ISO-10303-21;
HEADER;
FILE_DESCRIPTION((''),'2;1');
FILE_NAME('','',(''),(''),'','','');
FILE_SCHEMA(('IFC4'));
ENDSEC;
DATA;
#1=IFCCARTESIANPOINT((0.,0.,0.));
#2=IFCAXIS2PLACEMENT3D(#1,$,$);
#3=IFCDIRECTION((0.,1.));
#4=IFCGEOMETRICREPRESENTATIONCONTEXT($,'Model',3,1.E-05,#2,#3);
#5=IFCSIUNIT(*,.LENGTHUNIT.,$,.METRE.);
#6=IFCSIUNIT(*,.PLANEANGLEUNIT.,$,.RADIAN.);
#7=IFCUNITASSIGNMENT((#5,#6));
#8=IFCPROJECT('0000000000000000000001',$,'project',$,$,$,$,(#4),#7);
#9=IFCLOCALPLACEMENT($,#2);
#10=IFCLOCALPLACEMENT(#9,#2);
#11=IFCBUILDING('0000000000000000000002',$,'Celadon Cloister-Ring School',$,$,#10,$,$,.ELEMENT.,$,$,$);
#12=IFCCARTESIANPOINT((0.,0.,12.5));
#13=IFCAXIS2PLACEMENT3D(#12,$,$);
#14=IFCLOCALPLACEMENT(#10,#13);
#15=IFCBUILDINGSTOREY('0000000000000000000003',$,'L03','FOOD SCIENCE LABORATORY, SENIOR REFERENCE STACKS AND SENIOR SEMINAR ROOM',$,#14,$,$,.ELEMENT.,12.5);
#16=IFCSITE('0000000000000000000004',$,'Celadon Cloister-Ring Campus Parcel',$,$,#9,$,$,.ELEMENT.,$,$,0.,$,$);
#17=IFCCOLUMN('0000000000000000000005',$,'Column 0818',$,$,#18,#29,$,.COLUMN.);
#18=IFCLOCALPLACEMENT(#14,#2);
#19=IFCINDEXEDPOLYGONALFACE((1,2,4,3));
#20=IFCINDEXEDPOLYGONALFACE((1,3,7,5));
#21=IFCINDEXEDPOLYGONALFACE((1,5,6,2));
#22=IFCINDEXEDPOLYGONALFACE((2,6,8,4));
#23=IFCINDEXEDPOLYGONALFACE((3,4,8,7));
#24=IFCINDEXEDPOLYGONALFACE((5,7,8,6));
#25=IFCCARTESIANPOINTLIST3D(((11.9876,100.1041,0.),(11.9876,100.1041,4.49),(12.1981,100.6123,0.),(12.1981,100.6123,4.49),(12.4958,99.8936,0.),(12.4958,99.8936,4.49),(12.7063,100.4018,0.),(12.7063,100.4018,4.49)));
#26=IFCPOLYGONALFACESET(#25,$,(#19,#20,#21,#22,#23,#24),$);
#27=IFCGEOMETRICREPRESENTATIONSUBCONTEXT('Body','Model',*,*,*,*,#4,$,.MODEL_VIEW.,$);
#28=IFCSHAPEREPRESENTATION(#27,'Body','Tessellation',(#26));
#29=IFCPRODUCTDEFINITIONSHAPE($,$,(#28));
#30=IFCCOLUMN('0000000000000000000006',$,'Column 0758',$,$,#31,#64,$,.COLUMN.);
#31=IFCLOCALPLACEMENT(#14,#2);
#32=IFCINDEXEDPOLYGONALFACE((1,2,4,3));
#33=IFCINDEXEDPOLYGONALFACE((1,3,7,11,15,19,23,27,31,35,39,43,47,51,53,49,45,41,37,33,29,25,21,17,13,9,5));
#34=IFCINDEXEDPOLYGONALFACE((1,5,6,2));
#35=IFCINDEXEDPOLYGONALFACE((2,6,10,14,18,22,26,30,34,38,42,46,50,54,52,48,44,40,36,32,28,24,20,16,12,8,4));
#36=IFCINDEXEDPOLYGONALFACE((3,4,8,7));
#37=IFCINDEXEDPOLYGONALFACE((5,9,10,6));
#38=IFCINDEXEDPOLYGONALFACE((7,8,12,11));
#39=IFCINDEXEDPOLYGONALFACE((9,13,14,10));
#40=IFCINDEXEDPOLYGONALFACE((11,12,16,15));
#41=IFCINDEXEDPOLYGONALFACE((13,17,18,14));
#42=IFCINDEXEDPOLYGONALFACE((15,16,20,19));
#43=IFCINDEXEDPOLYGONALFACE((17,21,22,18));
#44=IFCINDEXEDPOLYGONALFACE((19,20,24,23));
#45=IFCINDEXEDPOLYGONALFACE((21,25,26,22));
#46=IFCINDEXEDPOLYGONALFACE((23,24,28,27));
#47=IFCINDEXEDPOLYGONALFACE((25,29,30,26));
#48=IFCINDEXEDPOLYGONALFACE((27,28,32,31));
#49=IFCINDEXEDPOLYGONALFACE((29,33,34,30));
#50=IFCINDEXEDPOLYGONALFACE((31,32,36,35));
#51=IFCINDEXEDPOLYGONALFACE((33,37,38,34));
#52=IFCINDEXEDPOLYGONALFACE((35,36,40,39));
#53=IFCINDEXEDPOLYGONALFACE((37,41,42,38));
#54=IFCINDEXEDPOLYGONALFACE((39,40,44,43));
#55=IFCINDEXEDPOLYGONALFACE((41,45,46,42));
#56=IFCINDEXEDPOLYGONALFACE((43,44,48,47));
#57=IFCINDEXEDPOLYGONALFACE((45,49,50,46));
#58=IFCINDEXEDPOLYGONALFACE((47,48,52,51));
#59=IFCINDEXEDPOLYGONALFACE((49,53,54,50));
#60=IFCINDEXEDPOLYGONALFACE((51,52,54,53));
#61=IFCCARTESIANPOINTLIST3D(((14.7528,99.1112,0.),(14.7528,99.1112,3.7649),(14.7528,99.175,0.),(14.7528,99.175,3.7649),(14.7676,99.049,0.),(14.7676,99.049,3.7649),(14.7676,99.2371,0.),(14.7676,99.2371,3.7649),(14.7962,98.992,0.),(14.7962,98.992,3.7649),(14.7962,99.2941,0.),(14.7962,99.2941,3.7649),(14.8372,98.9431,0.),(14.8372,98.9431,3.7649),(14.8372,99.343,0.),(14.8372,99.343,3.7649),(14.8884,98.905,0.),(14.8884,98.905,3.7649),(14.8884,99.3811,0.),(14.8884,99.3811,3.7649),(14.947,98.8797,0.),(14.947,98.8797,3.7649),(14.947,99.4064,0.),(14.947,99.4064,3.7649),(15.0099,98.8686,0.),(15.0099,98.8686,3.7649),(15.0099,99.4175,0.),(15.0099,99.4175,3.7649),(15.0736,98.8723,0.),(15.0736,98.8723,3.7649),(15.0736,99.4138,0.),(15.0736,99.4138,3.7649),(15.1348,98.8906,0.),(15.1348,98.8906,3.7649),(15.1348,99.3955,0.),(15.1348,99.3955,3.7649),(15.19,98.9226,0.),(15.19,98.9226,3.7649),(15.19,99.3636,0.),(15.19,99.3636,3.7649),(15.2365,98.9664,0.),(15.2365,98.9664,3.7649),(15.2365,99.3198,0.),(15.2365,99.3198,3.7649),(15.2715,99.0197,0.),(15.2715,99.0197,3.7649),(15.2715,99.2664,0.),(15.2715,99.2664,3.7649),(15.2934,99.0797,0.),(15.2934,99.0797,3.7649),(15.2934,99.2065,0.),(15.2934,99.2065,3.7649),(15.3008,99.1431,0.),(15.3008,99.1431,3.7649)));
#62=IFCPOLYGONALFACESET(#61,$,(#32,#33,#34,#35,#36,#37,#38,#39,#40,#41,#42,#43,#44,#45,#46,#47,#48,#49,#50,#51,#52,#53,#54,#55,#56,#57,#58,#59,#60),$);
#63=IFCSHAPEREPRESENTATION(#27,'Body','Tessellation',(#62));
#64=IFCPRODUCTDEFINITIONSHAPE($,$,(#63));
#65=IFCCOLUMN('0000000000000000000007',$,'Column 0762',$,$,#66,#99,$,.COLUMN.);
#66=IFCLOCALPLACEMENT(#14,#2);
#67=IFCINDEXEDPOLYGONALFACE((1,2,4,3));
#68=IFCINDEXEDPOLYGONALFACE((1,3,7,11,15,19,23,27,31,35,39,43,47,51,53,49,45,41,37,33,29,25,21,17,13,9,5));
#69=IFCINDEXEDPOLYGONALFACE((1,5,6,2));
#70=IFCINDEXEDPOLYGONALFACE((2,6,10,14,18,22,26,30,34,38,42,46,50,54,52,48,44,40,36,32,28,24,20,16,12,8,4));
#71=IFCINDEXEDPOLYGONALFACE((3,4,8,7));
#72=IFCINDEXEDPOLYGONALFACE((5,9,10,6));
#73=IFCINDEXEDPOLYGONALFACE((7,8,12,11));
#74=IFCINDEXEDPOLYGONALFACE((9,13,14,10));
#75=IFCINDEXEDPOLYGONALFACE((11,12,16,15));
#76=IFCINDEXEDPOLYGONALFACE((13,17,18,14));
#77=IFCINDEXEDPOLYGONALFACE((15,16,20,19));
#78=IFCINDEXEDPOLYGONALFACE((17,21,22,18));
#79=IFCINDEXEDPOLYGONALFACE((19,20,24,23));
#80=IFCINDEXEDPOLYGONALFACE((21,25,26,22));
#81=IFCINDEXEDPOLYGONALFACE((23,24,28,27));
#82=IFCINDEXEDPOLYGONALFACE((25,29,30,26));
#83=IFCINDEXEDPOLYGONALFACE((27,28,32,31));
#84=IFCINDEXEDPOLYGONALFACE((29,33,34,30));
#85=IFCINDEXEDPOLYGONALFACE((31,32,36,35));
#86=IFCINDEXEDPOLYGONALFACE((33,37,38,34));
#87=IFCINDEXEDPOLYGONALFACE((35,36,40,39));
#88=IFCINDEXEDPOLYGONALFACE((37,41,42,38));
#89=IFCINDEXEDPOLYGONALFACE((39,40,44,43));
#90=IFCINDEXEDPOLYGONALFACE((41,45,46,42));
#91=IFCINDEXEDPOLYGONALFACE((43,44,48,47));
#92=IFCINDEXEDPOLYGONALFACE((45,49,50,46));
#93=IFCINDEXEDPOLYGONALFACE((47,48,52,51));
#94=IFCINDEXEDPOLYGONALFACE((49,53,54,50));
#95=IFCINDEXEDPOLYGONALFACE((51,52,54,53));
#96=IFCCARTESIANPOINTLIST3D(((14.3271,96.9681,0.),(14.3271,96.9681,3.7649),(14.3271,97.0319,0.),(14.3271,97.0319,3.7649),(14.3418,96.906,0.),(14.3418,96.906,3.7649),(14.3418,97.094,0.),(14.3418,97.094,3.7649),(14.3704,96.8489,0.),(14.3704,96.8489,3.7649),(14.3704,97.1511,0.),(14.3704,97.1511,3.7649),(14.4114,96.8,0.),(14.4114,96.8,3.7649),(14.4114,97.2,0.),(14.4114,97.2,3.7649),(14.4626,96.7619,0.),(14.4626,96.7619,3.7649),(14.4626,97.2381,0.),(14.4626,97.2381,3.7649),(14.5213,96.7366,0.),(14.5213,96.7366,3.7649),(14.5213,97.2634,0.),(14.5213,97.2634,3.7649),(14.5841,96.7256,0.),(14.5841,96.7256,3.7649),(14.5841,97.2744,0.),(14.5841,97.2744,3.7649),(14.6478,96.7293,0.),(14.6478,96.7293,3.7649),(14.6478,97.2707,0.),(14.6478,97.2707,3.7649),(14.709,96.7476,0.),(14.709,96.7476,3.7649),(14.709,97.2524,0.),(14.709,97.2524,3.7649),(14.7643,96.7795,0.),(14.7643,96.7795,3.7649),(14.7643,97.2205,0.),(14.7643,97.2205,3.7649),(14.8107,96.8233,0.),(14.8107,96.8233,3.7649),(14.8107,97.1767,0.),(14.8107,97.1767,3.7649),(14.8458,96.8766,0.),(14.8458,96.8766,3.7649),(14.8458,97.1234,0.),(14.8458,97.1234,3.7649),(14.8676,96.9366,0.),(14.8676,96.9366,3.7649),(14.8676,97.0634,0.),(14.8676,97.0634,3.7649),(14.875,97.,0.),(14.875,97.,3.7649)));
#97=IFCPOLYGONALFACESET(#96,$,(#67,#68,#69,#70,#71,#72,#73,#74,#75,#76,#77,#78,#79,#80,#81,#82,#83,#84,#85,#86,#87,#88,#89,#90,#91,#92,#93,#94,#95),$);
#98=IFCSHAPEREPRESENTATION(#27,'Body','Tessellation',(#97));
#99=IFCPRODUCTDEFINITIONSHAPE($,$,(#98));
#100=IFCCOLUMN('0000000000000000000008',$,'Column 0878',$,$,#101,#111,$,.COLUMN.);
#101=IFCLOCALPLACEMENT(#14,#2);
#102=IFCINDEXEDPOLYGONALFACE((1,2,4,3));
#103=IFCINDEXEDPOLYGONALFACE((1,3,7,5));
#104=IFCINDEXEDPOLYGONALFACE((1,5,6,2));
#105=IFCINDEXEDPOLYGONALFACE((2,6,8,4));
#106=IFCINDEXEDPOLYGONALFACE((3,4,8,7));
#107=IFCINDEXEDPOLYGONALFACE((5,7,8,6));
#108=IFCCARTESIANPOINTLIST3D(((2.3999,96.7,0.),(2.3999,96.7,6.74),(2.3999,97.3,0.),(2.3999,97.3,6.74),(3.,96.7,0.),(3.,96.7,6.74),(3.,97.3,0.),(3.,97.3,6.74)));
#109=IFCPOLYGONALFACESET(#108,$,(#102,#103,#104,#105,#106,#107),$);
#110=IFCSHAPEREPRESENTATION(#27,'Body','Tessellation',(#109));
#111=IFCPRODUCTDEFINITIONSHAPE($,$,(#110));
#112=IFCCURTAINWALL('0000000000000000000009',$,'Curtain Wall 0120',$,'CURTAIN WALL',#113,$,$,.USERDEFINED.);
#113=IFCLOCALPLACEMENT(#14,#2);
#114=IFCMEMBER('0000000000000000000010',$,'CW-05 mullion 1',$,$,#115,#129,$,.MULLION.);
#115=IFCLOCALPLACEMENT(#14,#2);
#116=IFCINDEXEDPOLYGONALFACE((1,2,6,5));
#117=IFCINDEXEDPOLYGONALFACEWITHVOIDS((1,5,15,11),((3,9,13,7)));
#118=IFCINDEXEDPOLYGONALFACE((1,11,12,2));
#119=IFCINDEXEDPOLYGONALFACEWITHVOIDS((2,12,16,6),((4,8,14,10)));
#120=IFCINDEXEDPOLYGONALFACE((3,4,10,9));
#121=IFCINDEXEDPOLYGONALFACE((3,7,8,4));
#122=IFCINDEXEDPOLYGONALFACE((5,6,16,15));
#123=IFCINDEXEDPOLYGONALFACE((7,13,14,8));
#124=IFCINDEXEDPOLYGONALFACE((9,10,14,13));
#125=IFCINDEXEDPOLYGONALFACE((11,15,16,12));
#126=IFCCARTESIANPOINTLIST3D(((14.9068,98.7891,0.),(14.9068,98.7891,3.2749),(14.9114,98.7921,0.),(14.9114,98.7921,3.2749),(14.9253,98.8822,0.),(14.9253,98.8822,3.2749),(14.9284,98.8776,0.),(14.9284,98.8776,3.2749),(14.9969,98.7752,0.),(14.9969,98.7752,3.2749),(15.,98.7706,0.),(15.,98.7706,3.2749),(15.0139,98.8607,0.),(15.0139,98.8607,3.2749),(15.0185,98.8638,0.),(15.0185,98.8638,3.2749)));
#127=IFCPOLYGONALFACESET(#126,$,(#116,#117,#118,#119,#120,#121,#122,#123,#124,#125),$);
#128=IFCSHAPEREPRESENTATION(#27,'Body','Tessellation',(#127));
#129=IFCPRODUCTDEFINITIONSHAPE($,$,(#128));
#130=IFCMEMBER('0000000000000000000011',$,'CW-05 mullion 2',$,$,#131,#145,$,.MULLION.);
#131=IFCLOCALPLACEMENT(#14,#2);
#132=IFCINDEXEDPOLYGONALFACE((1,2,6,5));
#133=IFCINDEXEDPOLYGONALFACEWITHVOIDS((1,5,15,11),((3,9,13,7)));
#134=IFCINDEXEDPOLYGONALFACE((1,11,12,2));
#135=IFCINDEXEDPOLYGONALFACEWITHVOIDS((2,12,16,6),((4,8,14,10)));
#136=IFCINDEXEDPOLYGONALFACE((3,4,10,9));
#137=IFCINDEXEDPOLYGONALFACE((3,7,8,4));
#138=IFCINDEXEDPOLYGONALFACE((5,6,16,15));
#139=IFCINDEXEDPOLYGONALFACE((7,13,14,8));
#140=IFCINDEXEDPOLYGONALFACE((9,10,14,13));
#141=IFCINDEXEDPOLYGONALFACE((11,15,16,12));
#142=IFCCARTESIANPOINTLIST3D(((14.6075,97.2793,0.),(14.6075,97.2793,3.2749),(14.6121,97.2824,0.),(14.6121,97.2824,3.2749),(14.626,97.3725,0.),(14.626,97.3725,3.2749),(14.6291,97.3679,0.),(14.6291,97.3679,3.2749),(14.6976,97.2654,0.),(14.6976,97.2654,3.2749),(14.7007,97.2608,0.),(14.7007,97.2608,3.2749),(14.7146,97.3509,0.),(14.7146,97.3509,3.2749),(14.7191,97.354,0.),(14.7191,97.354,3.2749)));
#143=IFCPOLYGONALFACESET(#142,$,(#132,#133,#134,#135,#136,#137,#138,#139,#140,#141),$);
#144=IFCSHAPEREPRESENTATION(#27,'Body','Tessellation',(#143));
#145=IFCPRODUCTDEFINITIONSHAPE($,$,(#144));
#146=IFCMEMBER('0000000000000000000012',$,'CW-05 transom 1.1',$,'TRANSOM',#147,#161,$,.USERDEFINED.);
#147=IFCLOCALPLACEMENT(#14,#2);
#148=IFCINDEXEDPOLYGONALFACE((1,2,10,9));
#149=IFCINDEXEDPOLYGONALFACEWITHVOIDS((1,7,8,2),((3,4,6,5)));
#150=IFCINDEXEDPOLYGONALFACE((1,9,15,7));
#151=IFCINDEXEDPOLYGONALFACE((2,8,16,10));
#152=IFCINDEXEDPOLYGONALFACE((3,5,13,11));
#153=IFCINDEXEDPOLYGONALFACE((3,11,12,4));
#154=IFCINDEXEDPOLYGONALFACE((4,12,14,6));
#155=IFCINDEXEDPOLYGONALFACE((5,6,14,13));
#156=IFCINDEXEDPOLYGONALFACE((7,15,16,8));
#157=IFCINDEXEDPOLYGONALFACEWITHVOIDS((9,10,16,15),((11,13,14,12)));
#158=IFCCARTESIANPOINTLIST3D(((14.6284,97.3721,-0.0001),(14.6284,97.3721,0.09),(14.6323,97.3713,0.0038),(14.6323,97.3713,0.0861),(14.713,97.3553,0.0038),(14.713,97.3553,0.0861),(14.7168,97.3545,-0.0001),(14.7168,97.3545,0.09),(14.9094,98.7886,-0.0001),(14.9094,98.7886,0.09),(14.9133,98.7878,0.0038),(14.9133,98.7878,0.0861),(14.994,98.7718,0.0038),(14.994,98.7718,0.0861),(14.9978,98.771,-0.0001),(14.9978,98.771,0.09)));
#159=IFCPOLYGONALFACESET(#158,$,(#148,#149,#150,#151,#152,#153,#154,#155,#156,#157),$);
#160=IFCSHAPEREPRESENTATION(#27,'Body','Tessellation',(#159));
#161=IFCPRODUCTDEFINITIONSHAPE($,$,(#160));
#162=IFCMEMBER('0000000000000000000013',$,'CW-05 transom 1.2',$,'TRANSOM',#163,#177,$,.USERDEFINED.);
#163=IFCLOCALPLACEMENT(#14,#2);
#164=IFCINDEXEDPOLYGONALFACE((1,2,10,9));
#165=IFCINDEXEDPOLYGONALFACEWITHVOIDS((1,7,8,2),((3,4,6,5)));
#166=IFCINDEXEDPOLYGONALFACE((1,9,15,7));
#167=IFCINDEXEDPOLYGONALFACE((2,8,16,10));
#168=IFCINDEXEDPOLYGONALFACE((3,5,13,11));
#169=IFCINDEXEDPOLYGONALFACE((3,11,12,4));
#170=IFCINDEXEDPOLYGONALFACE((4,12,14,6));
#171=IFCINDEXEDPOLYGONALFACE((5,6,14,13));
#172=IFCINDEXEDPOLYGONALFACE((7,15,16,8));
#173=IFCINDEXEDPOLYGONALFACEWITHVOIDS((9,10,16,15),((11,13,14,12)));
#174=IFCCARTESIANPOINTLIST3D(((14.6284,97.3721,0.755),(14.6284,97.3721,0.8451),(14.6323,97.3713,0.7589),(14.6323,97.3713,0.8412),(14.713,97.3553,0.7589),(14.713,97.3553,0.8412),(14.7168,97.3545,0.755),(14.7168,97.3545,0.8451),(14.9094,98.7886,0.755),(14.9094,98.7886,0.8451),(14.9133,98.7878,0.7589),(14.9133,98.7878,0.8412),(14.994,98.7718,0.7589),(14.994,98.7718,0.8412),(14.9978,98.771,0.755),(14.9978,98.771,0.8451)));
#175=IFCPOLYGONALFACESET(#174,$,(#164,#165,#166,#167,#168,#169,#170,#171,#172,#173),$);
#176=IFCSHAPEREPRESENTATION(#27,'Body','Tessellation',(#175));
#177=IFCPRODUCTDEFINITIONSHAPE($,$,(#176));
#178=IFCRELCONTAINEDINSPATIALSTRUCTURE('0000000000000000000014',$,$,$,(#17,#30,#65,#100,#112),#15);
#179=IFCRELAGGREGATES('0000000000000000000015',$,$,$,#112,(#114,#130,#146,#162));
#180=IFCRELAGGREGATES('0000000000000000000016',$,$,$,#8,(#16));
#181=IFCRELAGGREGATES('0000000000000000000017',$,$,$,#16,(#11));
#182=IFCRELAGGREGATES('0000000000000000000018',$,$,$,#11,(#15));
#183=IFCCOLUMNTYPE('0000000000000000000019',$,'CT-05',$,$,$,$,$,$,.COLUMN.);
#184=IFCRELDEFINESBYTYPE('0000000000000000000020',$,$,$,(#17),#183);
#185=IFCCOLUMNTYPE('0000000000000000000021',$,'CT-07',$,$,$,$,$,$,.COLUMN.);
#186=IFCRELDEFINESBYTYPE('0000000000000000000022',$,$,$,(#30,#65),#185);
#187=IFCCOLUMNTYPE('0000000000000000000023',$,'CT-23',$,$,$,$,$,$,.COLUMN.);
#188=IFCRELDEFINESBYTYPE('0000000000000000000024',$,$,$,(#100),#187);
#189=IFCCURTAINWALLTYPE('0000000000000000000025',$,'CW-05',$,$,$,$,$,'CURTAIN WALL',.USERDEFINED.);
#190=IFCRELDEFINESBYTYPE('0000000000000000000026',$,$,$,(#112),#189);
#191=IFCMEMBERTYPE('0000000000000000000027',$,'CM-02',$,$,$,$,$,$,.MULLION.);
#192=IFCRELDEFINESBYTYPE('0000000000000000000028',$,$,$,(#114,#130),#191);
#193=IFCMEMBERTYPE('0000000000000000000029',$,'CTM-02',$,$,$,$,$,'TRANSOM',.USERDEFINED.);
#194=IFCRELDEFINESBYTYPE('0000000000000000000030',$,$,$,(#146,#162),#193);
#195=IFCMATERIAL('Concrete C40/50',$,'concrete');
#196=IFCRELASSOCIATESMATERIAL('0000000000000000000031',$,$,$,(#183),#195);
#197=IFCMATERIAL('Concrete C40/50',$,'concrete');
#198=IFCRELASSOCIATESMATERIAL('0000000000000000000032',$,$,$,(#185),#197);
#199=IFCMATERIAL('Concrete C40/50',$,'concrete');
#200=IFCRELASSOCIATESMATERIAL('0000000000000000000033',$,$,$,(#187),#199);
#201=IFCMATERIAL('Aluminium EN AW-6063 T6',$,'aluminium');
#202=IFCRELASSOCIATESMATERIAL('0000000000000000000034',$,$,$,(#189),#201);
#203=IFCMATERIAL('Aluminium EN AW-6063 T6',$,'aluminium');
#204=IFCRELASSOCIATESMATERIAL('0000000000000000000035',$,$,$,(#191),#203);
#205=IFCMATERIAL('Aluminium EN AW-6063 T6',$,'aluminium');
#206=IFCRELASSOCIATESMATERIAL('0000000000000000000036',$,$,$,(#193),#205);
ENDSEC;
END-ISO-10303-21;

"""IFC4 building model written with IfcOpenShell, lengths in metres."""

from ifc_helpers import new_model, si_unit, direction, frame, origin, origin_2d, place, context, subcontext, project, spatial, rectangle, hollow_rectangle, circle, extrude, material, material_profile, profile_set, type_object, element, aggregate, save


model = new_model("IFC4")

# Units and contexts
model_context = context("Model", 3, precision=1e-05, world=origin(), true_north=direction((0.0, 1.0)))
body_context = subcontext(model_context, "Body", "Model", "MODEL_VIEW")
ifc_project = project(units=[si_unit("LENGTHUNIT", "METRE"), si_unit("PLANEANGLEUNIT", "RADIAN")], contexts=[model_context])

# Site, building, storey
site_placement = place(None, origin())
site = spatial("IfcSite", under=ifc_project, at=site_placement, Name="Celadon Cloister-Ring Campus Parcel", CompositionType="ELEMENT", RefElevation=0.0)
building_placement = place(site_placement, origin())
building = spatial("IfcBuilding", under=site, at=building_placement, Name="Celadon Cloister-Ring School", CompositionType="ELEMENT")
storey_placement = place(building_placement, frame((0.0, 0.0, 12.5)))
storey = spatial("IfcBuildingStorey", under=building, at=storey_placement, Name="L03", Description="FOOD SCIENCE LABORATORY, SENIOR REFERENCE STACKS AND SENIOR SEMINAR ROOM", CompositionType="ELEMENT", Elevation=12.5)

# Columns
ifc_material_1 = material(Name="Concrete C40/50", Category="concrete")
ifc_material_profile_1 = material_profile(ifc_material_1, rectangle(XDim=0.55, YDim=0.55, at=origin_2d()), Name="RC550X550")
ifc_profile_set_1 = profile_set([ifc_material_profile_1], Name="Concrete C40/50")
column_type_1 = type_object("IfcColumnType", Name="CT-05", PredefinedType="COLUMN", material=ifc_profile_set_1)
column_1_placement = place(storey_placement, frame((12.3469, 100.2529, 0.0), z_axis=(0.0, 0.0, 1.0), x_axis=(-0.92388, 0.382683, 0.0)))
element("IfcColumn", 1, at=column_1_placement, inside=storey, type_object=column_type_1, Name="Column 0818", PredefinedType="COLUMN", context=body_context, shape_type="SweptSolid", body=[
    extrude(rectangle(XDim=0.55, YDim=0.55, at=origin_2d()), origin(), (0.0, 0.0, 1.0), 4.49),
])
ifc_material_2 = material(Name="Concrete C40/50", Category="concrete")
ifc_material_profile_2 = material_profile(ifc_material_2, circle(Radius=0.2749, at=origin_2d()), Name="CIRC550")
ifc_profile_set_2 = profile_set([ifc_material_profile_2], Name="Concrete C40/50")
column_type_2 = type_object("IfcColumnType", Name="CT-07", PredefinedType="COLUMN", material=ifc_profile_set_2)
for number, where, z_axis, x_axis, name in (
    (2, (15.0259, 99.1431, 0.0), (0.0, 0.0, 1.0), (1.0, 0.0, 0.0), "Column 0758"),
    (3, (14.6001, 97.0, 0.0), (0.0, 0.0, 1.0), (1.0, 0.0, 0.0), "Column 0762"),
):
    element("IfcColumn", number, at=place(storey_placement, frame(where, z_axis=z_axis, x_axis=x_axis)), inside=storey, type_object=column_type_2, Name=name, PredefinedType="COLUMN", context=body_context, shape_type="SweptSolid", body=[
        extrude(circle(Radius=0.2749, at=origin_2d()), origin(), (0.0, 0.0, 1.0), 3.7649),
    ])
ifc_material_3 = material(Name="Concrete C40/50", Category="concrete")
ifc_material_profile_3 = material_profile(ifc_material_3, rectangle(XDim=0.6001, YDim=0.6001, at=origin_2d()), Name="RC600X600")
ifc_profile_set_3 = profile_set([ifc_material_profile_3], Name="Concrete C40/50")
column_type_3 = type_object("IfcColumnType", Name="CT-23", PredefinedType="COLUMN", material=ifc_profile_set_3)
column_2_placement = place(storey_placement, frame((2.7, 97.0, 0.0), z_axis=(0.0, 0.0, 1.0), x_axis=(-1.0, 0.0, 0.0)))
element("IfcColumn", 4, at=column_2_placement, inside=storey, type_object=column_type_3, Name="Column 0878", PredefinedType="COLUMN", context=body_context, shape_type="SweptSolid", body=[
    extrude(rectangle(XDim=0.6001, YDim=0.6001, at=origin_2d()), origin(), (0.0, 0.0, 1.0), 6.74),
])

# Curtain wall, members
ifc_material_4 = material(Name="Aluminium EN AW-6063 T6", Category="aluminium")
curtain_wall_type = type_object("IfcCurtainWallType", Name="CW-05", ElementType="CURTAIN WALL", PredefinedType="USERDEFINED", material=ifc_material_4)
curtain_wall_placement = place(storey_placement, origin())
curtain_wall = element("IfcCurtainWall", 5, at=curtain_wall_placement, inside=storey, type_object=curtain_wall_type, Name="Curtain Wall 0120", ObjectType="CURTAIN WALL", PredefinedType="USERDEFINED")
ifc_material_5 = material(Name="Aluminium EN AW-6063 T6", Category="aluminium")
ifc_material_profile_4 = material_profile(ifc_material_5, hollow_rectangle(XDim=0.095, YDim=0.095, WallThickness=0.0039, at=origin_2d()), Name="RHS95X95X4")
ifc_profile_set_4 = profile_set([ifc_material_profile_4], Name="Aluminium EN AW-6063 T6")
member_type_1 = type_object("IfcMemberType", Name="CM-02", PredefinedType="MULLION", material=ifc_profile_set_4)
member_1_placement = place(storey_placement, frame((14.9626, 98.8264, 0.0), z_axis=(0.0, 0.0, 1.0), x_axis=(0.980885, -0.194586, 0.0)))
member_1 = element("IfcMember", 6, at=member_1_placement, type_object=member_type_1, Name="CW-05 mullion 1", PredefinedType="MULLION", context=body_context, shape_type="SweptSolid", body=[
    extrude(hollow_rectangle(XDim=0.095, YDim=0.095, WallThickness=0.0039, at=origin_2d()), origin(), (0.0, 0.0, 1.0), 3.2749),
])
member_2_placement = place(storey_placement, frame((14.6633, 97.3167, 0.0), z_axis=(0.0, 0.0, 1.0), x_axis=(0.980885, -0.194586, 0.0)))
member_2 = element("IfcMember", 7, at=member_2_placement, type_object=member_type_1, Name="CW-05 mullion 2", PredefinedType="MULLION", context=body_context, shape_type="SweptSolid", body=[
    extrude(hollow_rectangle(XDim=0.095, YDim=0.095, WallThickness=0.0039, at=origin_2d()), origin(), (0.0, 0.0, 1.0), 3.2749),
])
ifc_material_6 = material(Name="Aluminium EN AW-6063 T6", Category="aluminium")
ifc_material_profile_5 = material_profile(ifc_material_6, hollow_rectangle(XDim=0.0901, YDim=0.0901, WallThickness=0.0039, at=origin_2d()), Name="RHS90X90X4")
ifc_profile_set_5 = profile_set([ifc_material_profile_5], Name="Aluminium EN AW-6063 T6")
member_type_2 = type_object("IfcMemberType", Name="CTM-02", ElementType="TRANSOM", PredefinedType="USERDEFINED", material=ifc_profile_set_5)
member_3_placement = place(storey_placement, frame((14.9536, 98.7798, 0.0449), z_axis=(-0.194588, -0.980885, 0.0), x_axis=(0.980885, -0.194588, 0.0)))
member_3 = element("IfcMember", 8, at=member_3_placement, type_object=member_type_2, Name="CW-05 transom 1.1", ObjectType="TRANSOM", PredefinedType="USERDEFINED", context=body_context, shape_type="SweptSolid", body=[
    extrude(hollow_rectangle(XDim=0.0901, YDim=0.0901, WallThickness=0.0039, at=origin_2d()), origin(), (0.0, 0.0, 1.0), 1.4441),
])
member_4_placement = place(storey_placement, frame((14.9536, 98.7798, 0.8), z_axis=(-0.194588, -0.980885, 0.0), x_axis=(0.980885, -0.194588, 0.0)))
member_4 = element("IfcMember", 9, at=member_4_placement, type_object=member_type_2, Name="CW-05 transom 1.2", ObjectType="TRANSOM", PredefinedType="USERDEFINED", context=body_context, shape_type="SweptSolid", body=[
    extrude(hollow_rectangle(XDim=0.0901, YDim=0.0901, WallThickness=0.0039, at=origin_2d()), origin(), (0.0, 0.0, 1.0), 1.4441),
])

aggregate(curtain_wall, [member_1, member_2, member_3, member_4])

save(model, "model.ifc")
